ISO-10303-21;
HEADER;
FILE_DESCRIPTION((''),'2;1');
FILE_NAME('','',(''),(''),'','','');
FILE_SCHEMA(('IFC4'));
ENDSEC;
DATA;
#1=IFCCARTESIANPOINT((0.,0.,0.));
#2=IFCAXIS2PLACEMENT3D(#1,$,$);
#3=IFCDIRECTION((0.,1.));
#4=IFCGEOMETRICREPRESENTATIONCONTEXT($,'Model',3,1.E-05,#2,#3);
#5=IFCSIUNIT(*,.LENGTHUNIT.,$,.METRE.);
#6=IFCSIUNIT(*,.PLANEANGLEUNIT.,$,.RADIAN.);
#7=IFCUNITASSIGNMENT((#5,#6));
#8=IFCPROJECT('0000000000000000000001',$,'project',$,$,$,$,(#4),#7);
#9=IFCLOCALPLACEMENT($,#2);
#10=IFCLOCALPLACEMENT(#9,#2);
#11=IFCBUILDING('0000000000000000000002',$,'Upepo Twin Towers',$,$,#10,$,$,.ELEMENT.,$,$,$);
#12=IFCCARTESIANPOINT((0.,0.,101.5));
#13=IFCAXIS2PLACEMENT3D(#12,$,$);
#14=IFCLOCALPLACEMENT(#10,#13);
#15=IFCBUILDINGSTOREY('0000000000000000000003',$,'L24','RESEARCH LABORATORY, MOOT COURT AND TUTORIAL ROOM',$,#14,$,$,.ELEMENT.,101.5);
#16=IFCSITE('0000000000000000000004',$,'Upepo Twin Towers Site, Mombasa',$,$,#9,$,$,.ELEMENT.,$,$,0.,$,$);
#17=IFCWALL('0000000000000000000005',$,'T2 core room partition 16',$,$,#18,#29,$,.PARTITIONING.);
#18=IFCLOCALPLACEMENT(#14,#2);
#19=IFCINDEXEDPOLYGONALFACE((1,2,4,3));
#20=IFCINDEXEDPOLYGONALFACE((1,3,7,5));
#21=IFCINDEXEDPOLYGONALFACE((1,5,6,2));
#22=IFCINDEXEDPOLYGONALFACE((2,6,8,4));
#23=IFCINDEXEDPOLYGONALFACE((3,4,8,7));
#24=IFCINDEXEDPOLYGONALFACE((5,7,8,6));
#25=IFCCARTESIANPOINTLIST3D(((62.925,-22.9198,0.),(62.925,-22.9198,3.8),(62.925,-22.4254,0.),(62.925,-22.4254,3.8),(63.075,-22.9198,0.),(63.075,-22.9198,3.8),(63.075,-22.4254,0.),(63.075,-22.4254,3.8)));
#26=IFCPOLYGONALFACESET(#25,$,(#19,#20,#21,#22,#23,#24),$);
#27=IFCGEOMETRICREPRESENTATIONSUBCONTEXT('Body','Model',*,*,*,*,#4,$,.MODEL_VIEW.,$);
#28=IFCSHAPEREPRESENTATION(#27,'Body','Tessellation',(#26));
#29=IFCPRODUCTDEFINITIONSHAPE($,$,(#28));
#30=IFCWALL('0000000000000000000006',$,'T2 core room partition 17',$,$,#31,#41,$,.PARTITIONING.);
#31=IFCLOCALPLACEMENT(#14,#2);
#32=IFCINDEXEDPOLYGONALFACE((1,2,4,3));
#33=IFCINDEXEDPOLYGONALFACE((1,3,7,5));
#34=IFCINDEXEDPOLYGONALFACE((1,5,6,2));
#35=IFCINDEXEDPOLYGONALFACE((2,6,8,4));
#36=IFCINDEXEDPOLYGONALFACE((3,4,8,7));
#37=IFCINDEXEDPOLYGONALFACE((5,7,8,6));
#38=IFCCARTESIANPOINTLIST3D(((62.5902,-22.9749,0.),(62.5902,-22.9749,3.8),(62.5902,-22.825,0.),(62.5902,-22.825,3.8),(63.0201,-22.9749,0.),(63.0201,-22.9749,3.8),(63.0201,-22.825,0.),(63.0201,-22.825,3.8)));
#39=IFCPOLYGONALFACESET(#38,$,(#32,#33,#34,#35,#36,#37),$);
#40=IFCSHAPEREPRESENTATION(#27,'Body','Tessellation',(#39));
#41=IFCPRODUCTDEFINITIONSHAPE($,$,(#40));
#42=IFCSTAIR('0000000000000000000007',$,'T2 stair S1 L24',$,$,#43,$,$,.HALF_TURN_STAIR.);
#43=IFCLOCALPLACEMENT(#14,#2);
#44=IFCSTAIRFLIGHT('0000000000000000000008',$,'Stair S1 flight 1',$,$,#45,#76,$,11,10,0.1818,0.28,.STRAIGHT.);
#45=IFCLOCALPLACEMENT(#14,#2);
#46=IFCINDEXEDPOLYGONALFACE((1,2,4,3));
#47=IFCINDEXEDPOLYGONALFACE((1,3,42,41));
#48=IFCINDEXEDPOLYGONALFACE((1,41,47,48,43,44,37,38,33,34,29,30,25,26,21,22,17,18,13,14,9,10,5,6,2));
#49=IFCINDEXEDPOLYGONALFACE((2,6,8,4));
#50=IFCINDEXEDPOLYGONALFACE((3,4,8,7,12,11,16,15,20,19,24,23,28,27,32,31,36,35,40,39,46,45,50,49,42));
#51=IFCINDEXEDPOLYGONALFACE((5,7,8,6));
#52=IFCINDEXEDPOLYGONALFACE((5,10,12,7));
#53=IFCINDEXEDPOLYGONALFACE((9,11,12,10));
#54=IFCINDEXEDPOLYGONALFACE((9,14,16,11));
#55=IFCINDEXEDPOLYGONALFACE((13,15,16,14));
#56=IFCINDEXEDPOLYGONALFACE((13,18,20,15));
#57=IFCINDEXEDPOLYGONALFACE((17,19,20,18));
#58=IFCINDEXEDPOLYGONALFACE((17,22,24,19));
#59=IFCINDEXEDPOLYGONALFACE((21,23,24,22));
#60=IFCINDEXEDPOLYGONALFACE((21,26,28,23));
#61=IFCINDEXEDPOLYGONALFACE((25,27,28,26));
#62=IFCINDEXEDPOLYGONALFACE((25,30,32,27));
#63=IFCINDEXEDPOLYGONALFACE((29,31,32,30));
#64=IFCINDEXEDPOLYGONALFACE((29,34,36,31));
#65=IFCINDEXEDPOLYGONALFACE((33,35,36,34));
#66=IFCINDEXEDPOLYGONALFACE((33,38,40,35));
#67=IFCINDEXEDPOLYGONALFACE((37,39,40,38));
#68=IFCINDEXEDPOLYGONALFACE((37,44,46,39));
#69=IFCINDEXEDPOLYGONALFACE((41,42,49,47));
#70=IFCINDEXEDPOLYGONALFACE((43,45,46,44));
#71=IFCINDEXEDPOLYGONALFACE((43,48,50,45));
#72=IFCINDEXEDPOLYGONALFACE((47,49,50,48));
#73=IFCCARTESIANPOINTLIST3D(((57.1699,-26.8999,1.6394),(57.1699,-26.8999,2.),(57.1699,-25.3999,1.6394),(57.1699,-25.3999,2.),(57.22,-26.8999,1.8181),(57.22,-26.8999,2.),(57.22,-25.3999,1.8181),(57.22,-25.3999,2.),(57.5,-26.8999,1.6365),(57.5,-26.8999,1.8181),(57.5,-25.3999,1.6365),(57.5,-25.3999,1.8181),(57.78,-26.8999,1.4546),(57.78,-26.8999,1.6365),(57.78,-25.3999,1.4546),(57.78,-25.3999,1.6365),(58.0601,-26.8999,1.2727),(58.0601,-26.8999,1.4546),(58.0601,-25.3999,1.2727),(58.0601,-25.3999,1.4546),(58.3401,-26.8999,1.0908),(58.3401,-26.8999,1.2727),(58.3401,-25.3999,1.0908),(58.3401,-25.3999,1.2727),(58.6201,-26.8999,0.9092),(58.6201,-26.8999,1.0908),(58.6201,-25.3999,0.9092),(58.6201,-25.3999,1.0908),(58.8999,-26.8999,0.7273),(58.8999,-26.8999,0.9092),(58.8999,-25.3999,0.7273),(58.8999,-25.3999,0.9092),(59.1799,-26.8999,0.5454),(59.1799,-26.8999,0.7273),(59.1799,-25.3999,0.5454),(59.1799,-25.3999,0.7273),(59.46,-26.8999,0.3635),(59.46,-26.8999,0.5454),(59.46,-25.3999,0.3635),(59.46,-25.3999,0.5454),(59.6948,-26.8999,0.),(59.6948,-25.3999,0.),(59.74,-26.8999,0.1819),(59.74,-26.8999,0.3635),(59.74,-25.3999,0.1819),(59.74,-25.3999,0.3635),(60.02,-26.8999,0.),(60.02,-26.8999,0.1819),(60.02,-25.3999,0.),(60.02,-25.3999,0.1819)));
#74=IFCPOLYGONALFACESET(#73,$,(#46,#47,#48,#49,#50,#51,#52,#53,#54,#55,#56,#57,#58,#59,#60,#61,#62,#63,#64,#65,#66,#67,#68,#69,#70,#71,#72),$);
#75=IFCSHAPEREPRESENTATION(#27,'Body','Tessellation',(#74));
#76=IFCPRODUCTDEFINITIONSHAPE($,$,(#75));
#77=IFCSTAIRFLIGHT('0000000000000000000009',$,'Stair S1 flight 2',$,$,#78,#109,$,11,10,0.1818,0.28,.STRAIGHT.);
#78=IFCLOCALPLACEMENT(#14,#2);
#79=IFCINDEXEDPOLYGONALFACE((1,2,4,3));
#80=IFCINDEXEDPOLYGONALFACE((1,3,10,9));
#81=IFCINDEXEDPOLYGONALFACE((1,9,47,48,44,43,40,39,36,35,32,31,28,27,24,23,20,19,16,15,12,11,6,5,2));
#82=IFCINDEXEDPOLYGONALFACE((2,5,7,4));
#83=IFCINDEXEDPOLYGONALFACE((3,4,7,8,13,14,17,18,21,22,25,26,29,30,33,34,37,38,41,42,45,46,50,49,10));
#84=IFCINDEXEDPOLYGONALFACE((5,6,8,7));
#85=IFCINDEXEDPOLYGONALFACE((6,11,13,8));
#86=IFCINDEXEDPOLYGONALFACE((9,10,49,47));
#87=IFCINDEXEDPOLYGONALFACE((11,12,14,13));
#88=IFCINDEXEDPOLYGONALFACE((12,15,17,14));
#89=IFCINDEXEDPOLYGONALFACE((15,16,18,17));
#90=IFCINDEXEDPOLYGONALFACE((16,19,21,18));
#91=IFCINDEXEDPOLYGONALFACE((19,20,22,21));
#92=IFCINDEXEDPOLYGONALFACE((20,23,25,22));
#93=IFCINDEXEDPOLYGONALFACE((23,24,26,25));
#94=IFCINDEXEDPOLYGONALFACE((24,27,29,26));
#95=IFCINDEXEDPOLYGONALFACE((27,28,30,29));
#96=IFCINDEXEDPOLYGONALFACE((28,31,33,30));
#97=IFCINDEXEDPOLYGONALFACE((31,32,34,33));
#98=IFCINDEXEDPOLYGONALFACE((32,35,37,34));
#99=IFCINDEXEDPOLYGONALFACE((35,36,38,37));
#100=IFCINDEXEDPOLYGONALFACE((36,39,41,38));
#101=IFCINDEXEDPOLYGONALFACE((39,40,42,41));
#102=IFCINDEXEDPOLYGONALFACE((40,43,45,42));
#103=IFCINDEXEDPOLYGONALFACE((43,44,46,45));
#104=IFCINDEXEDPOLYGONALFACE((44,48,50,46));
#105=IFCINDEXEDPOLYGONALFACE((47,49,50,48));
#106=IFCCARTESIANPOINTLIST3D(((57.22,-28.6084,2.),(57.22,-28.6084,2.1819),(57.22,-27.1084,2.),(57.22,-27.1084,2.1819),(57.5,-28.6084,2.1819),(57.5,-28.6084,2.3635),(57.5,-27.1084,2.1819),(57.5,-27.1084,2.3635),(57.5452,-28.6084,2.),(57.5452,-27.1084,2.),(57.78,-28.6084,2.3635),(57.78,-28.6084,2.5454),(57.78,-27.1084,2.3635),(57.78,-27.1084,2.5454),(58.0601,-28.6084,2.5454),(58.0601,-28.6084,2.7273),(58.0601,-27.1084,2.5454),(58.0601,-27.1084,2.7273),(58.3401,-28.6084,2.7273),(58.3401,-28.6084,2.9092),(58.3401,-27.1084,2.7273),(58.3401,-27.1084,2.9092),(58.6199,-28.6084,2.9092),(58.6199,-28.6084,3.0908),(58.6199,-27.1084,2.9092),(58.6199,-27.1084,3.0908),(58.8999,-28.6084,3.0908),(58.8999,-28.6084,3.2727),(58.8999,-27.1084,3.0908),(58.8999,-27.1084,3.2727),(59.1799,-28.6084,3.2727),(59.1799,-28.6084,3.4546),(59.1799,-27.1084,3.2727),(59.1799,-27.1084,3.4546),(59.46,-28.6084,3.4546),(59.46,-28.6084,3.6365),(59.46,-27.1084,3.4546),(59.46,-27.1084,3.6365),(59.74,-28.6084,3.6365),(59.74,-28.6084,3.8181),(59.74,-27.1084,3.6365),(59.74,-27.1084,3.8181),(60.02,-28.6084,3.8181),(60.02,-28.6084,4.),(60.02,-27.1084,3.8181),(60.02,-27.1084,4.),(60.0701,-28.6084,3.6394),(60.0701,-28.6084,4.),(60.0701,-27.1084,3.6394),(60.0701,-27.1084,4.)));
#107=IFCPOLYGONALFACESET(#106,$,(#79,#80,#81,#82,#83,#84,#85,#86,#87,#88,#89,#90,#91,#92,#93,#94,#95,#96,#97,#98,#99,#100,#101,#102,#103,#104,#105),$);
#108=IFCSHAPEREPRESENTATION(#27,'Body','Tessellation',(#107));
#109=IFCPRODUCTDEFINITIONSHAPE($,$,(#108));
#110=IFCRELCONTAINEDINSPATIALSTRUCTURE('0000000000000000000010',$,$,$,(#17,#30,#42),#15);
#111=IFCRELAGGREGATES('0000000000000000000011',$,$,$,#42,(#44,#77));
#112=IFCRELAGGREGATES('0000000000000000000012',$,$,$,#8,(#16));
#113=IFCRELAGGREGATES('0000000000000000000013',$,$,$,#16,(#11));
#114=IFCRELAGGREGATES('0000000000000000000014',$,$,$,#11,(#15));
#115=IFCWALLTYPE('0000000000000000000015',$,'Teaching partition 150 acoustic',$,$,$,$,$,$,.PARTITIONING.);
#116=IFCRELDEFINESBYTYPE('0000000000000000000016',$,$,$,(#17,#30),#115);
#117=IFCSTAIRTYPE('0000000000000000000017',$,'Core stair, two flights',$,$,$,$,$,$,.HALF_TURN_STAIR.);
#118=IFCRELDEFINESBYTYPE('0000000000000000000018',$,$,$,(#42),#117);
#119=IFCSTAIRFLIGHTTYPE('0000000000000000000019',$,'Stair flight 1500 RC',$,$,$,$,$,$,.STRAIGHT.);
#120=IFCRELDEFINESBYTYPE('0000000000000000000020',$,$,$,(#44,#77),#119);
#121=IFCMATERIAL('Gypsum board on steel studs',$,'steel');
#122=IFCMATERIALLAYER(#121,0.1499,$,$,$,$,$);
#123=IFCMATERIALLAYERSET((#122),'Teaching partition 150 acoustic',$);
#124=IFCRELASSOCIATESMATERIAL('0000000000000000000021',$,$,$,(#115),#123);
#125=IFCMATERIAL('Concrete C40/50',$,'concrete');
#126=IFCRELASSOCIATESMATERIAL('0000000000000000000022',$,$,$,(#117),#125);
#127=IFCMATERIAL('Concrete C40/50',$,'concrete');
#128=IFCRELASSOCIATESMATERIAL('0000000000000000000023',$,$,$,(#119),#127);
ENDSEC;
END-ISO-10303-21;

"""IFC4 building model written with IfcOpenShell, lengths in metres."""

from ifc_helpers import new_model, si_unit, direction, frame, frame_2d, origin, place, context, subcontext, project, spatial, polyline, rectangle, outline, extrude, material, layer, layer_set, type_object, element, aggregate, save


model = new_model("IFC4")

# Units and contexts
model_context = context("Model", 3, precision=1e-05, world=origin(), true_north=direction((0.0, 1.0)))
body_context = subcontext(model_context, "Body", "Model", "MODEL_VIEW")
ifc_project = project(units=[si_unit("LENGTHUNIT", "METRE"), si_unit("PLANEANGLEUNIT", "RADIAN")], contexts=[model_context])

# Site, building, storey
site_placement = place(None, origin())
site = spatial("IfcSite", under=ifc_project, at=site_placement, Name="Upepo Twin Towers Site, Mombasa", CompositionType="ELEMENT", RefElevation=0.0)
building_placement = place(site_placement, origin())
building = spatial("IfcBuilding", under=site, at=building_placement, Name="Upepo Twin Towers", CompositionType="ELEMENT")
storey_placement = place(building_placement, frame((0.0, 0.0, 101.5)))
storey = spatial("IfcBuildingStorey", under=building, at=storey_placement, Name="L24", Description="RESEARCH LABORATORY, MOOT COURT AND TUTORIAL ROOM", CompositionType="ELEMENT", Elevation=101.5)

# Shared definitions
ifc_material_1 = material(Name="Gypsum board on steel studs", Category="steel")
ifc_layer_1 = layer(ifc_material_1, 0.1499)
ifc_layer_set_1 = layer_set([ifc_layer_1], Name="Teaching partition 150 acoustic")
wall_type_1 = type_object("IfcWallType", Name="Teaching partition 150 acoustic", PredefinedType="PARTITIONING", material=ifc_layer_set_1)

# Walls
wall_1_placement = place(storey_placement, frame((63.0, -22.4255, 0.0), z_axis=(0.0, 0.0, 1.0), x_axis=(0.0, -1.0, 0.0)))
element("IfcWall", 1, at=wall_1_placement, inside=storey, type_object=wall_type_1, Name="T2 core room partition 16", PredefinedType="PARTITIONING", context=body_context, shape_type="SweptSolid", body=[
    extrude(rectangle(XDim=0.4944, YDim=0.1499, at=frame_2d((0.2471, 0.0))), origin(), (0.0, 0.0, 1.0), 3.8),
])
wall_2_placement = place(storey_placement, frame((63.02, -22.8999, 0.0), z_axis=(0.0, 0.0, 1.0), x_axis=(-1.0, 0.0, 0.0)))
element("IfcWall", 2, at=wall_2_placement, inside=storey, type_object=wall_type_1, Name="T2 core room partition 17", PredefinedType="PARTITIONING", context=body_context, shape_type="SweptSolid", body=[
    extrude(rectangle(XDim=0.4299, YDim=0.1499, at=frame_2d((0.2148, 0.0))), origin(), (0.0, 0.0, 1.0), 3.8),
])

# Stair, stair flights
ifc_material_2 = material(Name="Concrete C40/50", Category="concrete")
stair_type = type_object("IfcStairType", Name="Core stair, two flights", PredefinedType="HALF_TURN_STAIR", material=ifc_material_2)
stair_placement = place(storey_placement, origin())
stair = element("IfcStair", 3, at=stair_placement, inside=storey, type_object=stair_type, Name="T2 stair S1 L24", PredefinedType="HALF_TURN_STAIR")
ifc_material_3 = material(Name="Concrete C40/50", Category="concrete")
stair_flight_type = type_object("IfcStairFlightType", Name="Stair flight 1500 RC", PredefinedType="STRAIGHT", material=ifc_material_3)
stair_flight_1_placement = place(storey_placement, frame((60.02, -26.1499, 0.0), z_axis=(0.0, 0.0, 1.0), x_axis=(-1.0, 0.0, 0.0)))
stair_flight_1 = element("IfcStairFlight", 4, at=stair_flight_1_placement, type_object=stair_flight_type, Name="Stair S1 flight 1", NumberOfRisers=11, NumberOfTreads=10, PredefinedType="STRAIGHT", RiserHeight=0.1818, TreadLength=0.28, context=body_context, shape_type="SweptSolid", body=[
    extrude(outline(polyline([(0.0, 0.0), (0.0, 0.1819), (0.28, 0.1819), (0.28, 0.3635), (0.5601, 0.3635), (0.5601, 0.5454), (0.8401, 0.5454), (0.8401, 0.7273), (1.1201, 0.7273), (1.1201, 0.9092), (1.3999, 0.9092), (1.3999, 1.0908), (1.6799, 1.0908), (1.6799, 1.2727), (1.96, 1.2727), (1.96, 1.4546), (2.24, 1.4546), (2.24, 1.6365), (2.52, 1.6365), (2.52, 1.8181), (2.8, 1.8181), (2.8, 2.0), (2.8501, 2.0), (2.8501, 1.6394), (0.3252, 0.0), (0.0, 0.0)])), frame((0.0, 0.75, 0.0), z_axis=(0.0, -1.0, 0.0), x_axis=(1.0, 0.0, 0.0)), (0.0, 0.0, 1.0), 1.5),
])
stair_flight_2_placement = place(storey_placement, frame((57.22, -27.8584, 2.0), z_axis=(0.0, 0.0, 1.0), x_axis=(1.0, 0.0, 0.0)))
stair_flight_2 = element("IfcStairFlight", 5, at=stair_flight_2_placement, type_object=stair_flight_type, Name="Stair S1 flight 2", NumberOfRisers=11, NumberOfTreads=10, PredefinedType="STRAIGHT", RiserHeight=0.1818, TreadLength=0.28, context=body_context, shape_type="SweptSolid", body=[
    extrude(outline(polyline([(0.0, 0.0), (0.0, 0.1819), (0.28, 0.1819), (0.28, 0.3635), (0.5601, 0.3635), (0.5601, 0.5454), (0.8401, 0.5454), (0.8401, 0.7273), (1.1201, 0.7273), (1.1201, 0.9092), (1.3999, 0.9092), (1.3999, 1.0908), (1.6799, 1.0908), (1.6799, 1.2727), (1.96, 1.2727), (1.96, 1.4546), (2.24, 1.4546), (2.24, 1.6365), (2.52, 1.6365), (2.52, 1.8181), (2.8, 1.8181), (2.8, 2.0), (2.8501, 2.0), (2.8501, 1.6394), (0.3252, 0.0), (0.0, 0.0)])), frame((0.0, 0.75, 0.0), z_axis=(0.0, -1.0, 0.0), x_axis=(1.0, 0.0, 0.0)), (0.0, 0.0, 1.0), 1.5),
])
aggregate(stair, [stair_flight_1, stair_flight_2])

save(model, "model.ifc")
